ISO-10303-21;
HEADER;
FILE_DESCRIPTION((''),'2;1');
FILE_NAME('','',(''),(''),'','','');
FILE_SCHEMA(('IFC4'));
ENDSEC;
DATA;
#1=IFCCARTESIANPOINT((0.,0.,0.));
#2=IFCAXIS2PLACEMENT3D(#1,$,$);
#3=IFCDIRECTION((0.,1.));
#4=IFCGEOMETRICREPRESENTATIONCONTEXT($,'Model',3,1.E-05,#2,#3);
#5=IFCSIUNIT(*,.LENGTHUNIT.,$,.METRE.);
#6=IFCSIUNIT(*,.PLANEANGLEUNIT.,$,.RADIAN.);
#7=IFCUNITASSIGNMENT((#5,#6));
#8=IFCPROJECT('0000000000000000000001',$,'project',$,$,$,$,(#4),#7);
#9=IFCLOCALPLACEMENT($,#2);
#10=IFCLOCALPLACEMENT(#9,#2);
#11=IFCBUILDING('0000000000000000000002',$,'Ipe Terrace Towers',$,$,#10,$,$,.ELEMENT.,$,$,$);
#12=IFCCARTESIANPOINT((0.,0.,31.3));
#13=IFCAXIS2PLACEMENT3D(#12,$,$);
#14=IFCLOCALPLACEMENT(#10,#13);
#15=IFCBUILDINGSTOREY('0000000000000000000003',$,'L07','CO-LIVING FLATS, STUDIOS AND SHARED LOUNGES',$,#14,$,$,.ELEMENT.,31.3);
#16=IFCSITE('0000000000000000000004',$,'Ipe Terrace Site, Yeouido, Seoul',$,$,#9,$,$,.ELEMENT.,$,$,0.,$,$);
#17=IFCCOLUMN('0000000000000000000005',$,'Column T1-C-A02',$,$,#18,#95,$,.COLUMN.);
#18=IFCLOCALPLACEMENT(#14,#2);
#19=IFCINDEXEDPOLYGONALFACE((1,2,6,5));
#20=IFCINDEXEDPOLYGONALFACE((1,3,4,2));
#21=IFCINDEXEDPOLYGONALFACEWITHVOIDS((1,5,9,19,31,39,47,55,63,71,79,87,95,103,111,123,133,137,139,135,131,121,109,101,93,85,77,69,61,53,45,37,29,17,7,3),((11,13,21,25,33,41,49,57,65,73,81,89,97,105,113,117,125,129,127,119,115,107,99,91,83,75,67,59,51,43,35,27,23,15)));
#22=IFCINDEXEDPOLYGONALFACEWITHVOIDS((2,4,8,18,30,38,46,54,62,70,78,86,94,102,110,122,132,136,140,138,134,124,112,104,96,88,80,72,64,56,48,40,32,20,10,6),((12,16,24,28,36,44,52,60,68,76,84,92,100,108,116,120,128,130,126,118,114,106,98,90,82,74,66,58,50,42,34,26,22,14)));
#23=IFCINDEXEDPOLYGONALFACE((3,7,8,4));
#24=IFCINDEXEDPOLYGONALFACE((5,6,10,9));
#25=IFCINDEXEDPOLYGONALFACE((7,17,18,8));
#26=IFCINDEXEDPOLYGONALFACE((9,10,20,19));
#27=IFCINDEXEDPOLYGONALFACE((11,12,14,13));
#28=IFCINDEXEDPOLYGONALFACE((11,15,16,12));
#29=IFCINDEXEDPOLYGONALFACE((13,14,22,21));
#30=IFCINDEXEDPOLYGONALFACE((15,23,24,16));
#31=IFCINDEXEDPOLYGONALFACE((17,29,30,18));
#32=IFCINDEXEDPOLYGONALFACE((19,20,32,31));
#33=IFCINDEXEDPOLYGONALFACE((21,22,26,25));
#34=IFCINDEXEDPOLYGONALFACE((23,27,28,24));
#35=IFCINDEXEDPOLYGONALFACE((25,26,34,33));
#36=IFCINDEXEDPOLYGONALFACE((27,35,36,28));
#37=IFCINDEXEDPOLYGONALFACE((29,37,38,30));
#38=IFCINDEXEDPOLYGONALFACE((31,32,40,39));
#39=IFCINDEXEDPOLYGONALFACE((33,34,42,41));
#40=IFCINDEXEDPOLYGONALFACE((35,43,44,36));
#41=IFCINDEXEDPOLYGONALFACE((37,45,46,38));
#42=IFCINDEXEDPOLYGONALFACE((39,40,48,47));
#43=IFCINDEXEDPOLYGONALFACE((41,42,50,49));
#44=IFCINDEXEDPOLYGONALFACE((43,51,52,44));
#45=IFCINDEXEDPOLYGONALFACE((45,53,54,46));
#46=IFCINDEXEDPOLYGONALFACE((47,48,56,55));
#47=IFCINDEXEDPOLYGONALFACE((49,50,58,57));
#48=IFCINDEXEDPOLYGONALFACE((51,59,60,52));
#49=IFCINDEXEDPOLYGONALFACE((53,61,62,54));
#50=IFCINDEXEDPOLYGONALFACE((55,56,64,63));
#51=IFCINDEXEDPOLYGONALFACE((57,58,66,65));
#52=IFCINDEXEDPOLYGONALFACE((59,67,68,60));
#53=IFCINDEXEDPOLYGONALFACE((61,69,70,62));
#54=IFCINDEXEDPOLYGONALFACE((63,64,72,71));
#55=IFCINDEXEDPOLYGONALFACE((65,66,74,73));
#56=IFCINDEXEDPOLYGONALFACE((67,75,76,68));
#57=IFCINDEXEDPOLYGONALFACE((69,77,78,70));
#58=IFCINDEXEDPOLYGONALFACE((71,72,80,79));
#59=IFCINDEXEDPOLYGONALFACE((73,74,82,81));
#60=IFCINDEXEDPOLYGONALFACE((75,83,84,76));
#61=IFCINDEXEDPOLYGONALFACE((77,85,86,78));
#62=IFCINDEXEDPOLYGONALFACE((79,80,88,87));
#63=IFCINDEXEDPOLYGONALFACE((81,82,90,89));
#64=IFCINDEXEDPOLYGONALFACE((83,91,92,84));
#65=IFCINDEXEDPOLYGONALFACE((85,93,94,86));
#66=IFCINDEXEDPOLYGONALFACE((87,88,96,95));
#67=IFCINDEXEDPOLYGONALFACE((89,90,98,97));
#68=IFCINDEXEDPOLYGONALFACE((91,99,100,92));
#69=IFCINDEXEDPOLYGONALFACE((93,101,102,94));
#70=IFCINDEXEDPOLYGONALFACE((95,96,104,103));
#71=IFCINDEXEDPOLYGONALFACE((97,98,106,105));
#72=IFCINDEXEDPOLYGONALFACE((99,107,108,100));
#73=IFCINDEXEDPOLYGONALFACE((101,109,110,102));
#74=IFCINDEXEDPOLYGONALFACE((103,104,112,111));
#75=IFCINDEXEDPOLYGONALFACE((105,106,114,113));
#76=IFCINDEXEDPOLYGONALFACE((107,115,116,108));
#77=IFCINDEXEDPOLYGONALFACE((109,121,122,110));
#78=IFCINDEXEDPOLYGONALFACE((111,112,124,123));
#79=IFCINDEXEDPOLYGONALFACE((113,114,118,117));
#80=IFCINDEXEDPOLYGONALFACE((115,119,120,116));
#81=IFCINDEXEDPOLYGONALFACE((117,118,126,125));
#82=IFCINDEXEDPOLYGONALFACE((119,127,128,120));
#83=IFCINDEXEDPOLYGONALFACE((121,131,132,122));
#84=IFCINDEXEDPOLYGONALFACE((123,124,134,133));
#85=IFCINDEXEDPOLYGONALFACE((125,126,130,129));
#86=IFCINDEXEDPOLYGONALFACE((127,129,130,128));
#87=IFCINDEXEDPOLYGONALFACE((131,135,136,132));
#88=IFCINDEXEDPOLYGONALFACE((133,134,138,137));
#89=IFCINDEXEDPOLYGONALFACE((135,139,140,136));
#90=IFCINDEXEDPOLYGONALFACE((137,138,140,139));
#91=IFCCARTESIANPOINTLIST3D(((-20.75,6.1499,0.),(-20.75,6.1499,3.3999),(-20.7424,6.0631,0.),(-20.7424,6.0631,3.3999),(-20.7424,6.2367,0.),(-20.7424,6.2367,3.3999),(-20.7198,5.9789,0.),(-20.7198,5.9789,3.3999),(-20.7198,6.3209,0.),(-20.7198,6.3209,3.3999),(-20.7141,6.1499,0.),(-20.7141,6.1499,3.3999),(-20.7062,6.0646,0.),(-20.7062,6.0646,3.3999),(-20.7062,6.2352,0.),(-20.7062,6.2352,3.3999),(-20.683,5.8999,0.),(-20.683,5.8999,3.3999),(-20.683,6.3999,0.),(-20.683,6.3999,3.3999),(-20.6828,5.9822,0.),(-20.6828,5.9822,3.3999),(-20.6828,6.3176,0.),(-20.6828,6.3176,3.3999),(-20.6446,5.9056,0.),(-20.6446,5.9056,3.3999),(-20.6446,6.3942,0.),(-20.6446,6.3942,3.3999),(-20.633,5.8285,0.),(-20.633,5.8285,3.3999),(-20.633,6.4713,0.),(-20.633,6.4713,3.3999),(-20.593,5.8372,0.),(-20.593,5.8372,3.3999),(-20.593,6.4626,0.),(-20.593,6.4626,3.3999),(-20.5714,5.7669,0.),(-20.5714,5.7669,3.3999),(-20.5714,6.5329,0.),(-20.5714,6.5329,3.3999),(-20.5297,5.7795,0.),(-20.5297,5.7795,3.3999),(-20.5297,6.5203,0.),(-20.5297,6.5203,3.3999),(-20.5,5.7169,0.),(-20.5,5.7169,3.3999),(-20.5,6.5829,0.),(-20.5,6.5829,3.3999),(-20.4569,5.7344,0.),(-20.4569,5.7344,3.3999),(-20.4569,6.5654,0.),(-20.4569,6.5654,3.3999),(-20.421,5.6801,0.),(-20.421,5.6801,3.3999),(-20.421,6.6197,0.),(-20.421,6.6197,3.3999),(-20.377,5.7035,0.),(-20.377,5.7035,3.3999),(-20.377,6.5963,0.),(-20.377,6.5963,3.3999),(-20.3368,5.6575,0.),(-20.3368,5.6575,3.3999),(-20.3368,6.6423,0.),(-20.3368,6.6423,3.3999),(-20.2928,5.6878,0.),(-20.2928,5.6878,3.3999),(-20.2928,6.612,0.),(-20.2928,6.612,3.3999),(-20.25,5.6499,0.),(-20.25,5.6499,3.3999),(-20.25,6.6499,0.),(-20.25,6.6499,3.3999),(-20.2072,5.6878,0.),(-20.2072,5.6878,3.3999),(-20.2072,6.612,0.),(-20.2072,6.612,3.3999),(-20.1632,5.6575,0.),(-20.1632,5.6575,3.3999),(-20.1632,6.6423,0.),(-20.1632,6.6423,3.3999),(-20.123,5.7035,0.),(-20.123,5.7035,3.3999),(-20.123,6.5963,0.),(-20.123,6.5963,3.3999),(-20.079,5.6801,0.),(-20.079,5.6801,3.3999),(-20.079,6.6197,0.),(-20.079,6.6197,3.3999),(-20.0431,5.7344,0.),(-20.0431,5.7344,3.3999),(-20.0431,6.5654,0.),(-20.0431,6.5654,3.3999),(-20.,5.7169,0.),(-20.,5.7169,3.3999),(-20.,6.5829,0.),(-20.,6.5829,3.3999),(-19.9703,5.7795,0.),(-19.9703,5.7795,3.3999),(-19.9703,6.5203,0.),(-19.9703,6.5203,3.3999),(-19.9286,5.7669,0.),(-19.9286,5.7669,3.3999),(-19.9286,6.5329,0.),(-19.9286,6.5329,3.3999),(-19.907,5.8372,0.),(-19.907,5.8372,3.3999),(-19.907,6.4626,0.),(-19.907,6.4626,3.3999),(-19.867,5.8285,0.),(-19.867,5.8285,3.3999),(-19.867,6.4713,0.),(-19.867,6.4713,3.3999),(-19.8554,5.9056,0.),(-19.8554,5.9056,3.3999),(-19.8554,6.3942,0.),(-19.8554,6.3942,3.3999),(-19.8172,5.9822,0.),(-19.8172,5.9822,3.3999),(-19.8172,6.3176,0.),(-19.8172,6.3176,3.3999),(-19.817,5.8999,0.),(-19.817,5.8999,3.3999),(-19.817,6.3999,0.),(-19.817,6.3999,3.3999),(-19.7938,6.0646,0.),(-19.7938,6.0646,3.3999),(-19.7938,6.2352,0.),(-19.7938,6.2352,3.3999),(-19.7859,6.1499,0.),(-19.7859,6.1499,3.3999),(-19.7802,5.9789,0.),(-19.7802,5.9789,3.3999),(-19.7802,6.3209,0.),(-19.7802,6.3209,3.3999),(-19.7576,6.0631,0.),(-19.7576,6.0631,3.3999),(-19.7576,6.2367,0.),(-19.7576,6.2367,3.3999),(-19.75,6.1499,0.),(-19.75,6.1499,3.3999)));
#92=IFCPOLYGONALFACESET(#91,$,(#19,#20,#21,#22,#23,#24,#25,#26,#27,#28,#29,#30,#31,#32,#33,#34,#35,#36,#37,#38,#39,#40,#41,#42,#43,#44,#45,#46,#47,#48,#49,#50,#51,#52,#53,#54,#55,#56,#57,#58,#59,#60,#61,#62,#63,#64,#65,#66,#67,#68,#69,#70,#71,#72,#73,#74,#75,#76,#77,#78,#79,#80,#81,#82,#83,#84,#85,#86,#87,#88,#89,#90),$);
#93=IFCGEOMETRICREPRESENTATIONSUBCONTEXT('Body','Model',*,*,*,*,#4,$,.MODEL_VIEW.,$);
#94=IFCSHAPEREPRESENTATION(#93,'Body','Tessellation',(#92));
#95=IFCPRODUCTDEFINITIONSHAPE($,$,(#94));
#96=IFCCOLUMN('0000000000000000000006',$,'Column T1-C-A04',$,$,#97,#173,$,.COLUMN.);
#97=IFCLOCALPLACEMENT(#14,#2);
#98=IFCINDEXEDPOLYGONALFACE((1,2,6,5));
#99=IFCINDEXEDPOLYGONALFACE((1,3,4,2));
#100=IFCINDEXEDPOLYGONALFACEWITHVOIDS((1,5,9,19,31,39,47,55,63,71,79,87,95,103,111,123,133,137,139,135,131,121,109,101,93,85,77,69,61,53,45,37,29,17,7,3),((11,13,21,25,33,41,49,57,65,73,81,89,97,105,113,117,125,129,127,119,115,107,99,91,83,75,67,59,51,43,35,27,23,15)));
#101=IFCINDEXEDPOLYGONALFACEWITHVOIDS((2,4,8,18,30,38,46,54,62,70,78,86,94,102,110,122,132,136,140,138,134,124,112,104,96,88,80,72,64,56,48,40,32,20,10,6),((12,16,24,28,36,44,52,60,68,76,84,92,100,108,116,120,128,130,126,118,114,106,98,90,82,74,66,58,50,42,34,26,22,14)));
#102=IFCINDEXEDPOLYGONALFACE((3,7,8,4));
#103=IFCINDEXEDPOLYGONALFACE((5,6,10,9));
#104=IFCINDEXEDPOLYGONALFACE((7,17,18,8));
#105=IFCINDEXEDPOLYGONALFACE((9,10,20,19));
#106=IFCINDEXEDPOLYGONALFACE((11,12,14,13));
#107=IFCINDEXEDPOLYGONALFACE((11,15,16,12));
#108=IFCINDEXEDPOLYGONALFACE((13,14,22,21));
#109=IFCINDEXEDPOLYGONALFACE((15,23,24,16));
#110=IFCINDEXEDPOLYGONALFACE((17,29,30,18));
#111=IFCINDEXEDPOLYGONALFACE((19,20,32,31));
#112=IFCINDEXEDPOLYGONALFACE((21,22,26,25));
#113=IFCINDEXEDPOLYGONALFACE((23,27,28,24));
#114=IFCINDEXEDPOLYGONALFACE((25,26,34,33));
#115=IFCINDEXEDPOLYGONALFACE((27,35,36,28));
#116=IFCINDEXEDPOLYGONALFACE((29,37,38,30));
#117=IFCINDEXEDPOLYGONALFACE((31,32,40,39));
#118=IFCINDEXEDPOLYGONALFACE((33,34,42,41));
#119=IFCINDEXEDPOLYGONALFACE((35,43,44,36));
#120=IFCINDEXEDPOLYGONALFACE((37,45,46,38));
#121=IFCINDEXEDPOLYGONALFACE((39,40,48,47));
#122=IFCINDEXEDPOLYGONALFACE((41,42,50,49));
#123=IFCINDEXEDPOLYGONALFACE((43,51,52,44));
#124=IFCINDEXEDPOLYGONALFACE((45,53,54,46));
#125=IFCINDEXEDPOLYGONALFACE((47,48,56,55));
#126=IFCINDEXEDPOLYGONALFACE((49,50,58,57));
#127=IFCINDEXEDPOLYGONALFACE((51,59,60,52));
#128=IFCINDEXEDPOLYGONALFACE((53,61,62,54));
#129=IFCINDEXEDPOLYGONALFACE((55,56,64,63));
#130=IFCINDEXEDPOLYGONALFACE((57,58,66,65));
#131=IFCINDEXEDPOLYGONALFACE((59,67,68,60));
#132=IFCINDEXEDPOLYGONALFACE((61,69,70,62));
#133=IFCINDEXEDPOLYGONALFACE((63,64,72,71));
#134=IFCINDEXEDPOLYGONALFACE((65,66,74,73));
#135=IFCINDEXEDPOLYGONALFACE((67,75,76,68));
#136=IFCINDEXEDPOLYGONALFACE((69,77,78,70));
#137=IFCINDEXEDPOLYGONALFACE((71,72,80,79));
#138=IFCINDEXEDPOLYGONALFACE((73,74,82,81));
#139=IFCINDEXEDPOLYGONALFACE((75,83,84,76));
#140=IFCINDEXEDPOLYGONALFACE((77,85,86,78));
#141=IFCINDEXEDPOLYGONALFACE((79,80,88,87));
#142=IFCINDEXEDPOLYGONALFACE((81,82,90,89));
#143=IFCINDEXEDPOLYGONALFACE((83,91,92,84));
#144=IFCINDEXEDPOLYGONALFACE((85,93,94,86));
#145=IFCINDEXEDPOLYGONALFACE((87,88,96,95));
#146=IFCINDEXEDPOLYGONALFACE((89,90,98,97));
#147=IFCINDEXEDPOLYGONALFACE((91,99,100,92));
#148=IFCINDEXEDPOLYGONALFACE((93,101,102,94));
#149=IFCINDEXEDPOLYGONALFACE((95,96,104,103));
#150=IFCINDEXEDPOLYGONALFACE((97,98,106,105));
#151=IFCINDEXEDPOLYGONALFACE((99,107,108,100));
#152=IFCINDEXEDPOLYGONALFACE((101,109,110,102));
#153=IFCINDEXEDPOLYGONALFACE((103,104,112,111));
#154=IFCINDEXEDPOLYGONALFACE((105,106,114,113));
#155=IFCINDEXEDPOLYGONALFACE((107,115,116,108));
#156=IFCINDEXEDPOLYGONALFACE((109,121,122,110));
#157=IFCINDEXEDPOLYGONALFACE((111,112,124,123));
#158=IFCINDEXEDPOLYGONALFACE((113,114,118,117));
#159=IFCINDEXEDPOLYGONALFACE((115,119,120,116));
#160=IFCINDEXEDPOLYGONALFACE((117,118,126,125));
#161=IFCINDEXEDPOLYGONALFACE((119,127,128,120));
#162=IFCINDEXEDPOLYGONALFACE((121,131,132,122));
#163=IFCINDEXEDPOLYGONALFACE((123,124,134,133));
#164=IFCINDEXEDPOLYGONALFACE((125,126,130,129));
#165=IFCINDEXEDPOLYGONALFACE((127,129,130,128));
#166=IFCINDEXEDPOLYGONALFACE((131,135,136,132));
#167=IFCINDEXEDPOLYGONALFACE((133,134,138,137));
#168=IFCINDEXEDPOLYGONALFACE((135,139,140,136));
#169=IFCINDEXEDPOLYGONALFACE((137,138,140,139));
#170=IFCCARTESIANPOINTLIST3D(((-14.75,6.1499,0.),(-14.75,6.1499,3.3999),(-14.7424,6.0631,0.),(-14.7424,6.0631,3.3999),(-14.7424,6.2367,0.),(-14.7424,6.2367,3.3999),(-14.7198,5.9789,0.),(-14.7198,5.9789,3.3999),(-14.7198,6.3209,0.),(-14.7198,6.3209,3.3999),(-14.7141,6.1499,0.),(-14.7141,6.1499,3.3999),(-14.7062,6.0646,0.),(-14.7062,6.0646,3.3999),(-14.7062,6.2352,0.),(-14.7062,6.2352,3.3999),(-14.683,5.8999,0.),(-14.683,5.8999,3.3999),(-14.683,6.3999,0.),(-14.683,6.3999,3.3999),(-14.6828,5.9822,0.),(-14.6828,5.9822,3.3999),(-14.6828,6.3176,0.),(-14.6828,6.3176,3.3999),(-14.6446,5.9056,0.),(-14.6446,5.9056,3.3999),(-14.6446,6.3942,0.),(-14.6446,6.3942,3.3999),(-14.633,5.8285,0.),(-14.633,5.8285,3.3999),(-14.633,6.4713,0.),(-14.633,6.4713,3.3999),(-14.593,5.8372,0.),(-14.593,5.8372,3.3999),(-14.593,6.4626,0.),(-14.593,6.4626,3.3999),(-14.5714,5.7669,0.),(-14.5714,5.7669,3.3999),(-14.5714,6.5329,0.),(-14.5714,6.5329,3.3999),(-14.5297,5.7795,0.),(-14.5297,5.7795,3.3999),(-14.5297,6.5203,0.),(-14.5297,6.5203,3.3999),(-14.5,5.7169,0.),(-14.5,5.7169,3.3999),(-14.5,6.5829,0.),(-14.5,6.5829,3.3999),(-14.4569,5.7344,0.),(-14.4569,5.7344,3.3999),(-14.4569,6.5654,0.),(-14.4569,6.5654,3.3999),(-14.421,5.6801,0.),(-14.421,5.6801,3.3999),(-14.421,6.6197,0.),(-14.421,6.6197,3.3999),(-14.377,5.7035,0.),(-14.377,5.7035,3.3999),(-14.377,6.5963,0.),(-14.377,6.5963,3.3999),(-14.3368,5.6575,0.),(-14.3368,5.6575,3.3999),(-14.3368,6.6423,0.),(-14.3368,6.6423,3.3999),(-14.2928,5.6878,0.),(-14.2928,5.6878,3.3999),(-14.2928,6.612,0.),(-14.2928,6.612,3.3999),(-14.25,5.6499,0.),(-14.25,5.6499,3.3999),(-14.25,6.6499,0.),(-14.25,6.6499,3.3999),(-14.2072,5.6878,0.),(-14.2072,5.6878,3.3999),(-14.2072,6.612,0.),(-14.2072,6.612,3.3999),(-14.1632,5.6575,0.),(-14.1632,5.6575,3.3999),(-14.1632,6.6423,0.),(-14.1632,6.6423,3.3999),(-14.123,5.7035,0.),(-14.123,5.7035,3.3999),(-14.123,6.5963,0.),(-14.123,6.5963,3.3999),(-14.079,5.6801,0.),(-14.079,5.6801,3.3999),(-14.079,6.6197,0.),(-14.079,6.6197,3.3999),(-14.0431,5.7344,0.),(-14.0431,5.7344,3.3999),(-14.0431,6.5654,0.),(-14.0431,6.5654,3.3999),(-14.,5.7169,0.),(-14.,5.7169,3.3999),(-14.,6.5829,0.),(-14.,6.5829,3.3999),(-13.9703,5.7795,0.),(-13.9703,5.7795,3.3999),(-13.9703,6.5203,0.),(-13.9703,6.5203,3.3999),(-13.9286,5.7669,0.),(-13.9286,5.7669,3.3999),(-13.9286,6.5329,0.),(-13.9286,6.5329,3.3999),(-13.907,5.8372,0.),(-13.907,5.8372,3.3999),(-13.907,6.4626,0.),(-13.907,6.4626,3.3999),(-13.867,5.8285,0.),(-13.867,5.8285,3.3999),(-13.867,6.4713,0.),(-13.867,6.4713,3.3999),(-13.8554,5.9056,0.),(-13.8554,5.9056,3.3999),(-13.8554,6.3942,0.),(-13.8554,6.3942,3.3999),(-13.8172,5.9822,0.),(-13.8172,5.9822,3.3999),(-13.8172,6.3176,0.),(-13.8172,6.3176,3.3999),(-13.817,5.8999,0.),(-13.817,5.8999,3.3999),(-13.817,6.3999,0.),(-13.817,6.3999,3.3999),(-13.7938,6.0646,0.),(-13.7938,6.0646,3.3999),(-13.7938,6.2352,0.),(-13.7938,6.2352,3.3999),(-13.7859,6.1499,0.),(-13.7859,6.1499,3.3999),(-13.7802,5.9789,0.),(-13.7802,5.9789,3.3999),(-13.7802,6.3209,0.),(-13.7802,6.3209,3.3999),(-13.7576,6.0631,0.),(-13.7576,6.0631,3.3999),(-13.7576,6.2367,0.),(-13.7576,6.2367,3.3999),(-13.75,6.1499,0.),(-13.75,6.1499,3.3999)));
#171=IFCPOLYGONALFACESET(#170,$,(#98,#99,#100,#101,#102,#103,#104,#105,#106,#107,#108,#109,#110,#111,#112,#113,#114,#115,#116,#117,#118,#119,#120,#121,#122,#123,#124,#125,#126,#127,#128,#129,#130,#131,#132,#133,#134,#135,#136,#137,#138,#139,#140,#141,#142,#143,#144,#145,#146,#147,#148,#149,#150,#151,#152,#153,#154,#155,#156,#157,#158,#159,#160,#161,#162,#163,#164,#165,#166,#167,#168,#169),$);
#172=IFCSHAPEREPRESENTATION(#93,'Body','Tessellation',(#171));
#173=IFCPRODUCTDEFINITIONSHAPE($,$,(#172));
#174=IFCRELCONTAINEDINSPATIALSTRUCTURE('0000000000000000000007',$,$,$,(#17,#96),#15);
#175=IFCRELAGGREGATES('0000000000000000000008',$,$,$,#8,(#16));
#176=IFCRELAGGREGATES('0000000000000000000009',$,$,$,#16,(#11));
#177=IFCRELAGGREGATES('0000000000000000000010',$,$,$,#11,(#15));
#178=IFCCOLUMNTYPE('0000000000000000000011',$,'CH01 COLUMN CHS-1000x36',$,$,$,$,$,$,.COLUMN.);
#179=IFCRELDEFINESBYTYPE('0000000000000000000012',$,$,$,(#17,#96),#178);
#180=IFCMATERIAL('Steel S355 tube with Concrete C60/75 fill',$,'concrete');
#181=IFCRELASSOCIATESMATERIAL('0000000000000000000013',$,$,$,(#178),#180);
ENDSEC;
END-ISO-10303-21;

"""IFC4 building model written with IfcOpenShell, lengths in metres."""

from ifc_helpers import new_model, si_unit, direction, frame, origin, origin_2d, place, context, subcontext, project, spatial, hollow_circle, extrude, material, material_profile, profile_set, type_object, element, save


model = new_model("IFC4")

# Units and contexts
model_context = context("Model", 3, precision=1e-05, world=origin(), true_north=direction((0.0, 1.0)))
body_context = subcontext(model_context, "Body", "Model", "MODEL_VIEW")
ifc_project = project(units=[si_unit("LENGTHUNIT", "METRE"), si_unit("PLANEANGLEUNIT", "RADIAN")], contexts=[model_context])

# Site, building, storey
site_placement = place(None, origin())
site = spatial("IfcSite", under=ifc_project, at=site_placement, Name="Ipe Terrace Site, Yeouido, Seoul", CompositionType="ELEMENT", RefElevation=0.0)
building_placement = place(site_placement, origin())
building = spatial("IfcBuilding", under=site, at=building_placement, Name="Ipe Terrace Towers", CompositionType="ELEMENT")
storey_placement = place(building_placement, frame((0.0, 0.0, 31.3)))
storey = spatial("IfcBuildingStorey", under=building, at=storey_placement, Name="L07", Description="CO-LIVING FLATS, STUDIOS AND SHARED LOUNGES", CompositionType="ELEMENT", Elevation=31.3)

# Columns
ifc_material_1 = material(Name="Steel S355 tube with Concrete C60/75 fill", Category="concrete")
ifc_material_profile_1 = material_profile(ifc_material_1, hollow_circle(Radius=0.5, WallThickness=0.0359, at=origin_2d()), Name="CHS-1000x36")
ifc_profile_set_1 = profile_set([ifc_material_profile_1], Name="Steel S355 tube with Concrete C60/75 fill")
column_type = type_object("IfcColumnType", Name="CH01 COLUMN CHS-1000x36", PredefinedType="COLUMN", material=ifc_profile_set_1)
for number, where, z_axis, x_axis, name in (
    (1, (-20.25, 6.1499, 0.0), (0.0, 0.0, 1.0), (1.0, 0.0, 0.0), "Column T1-C-A02"),
    (2, (-14.25, 6.1499, 0.0), (0.0, 0.0, 1.0), (1.0, 0.0, 0.0), "Column T1-C-A04"),
):
    element("IfcColumn", number, at=place(storey_placement, frame(where, z_axis=z_axis, x_axis=x_axis)), inside=storey, type_object=column_type, Name=name, PredefinedType="COLUMN", context=body_context, shape_type="SweptSolid", body=[
        extrude(hollow_circle(Radius=0.5, WallThickness=0.0359, at=origin_2d()), origin(), (0.0, 0.0, 1.0), 3.3999),
    ])

save(model, "model.ifc")
